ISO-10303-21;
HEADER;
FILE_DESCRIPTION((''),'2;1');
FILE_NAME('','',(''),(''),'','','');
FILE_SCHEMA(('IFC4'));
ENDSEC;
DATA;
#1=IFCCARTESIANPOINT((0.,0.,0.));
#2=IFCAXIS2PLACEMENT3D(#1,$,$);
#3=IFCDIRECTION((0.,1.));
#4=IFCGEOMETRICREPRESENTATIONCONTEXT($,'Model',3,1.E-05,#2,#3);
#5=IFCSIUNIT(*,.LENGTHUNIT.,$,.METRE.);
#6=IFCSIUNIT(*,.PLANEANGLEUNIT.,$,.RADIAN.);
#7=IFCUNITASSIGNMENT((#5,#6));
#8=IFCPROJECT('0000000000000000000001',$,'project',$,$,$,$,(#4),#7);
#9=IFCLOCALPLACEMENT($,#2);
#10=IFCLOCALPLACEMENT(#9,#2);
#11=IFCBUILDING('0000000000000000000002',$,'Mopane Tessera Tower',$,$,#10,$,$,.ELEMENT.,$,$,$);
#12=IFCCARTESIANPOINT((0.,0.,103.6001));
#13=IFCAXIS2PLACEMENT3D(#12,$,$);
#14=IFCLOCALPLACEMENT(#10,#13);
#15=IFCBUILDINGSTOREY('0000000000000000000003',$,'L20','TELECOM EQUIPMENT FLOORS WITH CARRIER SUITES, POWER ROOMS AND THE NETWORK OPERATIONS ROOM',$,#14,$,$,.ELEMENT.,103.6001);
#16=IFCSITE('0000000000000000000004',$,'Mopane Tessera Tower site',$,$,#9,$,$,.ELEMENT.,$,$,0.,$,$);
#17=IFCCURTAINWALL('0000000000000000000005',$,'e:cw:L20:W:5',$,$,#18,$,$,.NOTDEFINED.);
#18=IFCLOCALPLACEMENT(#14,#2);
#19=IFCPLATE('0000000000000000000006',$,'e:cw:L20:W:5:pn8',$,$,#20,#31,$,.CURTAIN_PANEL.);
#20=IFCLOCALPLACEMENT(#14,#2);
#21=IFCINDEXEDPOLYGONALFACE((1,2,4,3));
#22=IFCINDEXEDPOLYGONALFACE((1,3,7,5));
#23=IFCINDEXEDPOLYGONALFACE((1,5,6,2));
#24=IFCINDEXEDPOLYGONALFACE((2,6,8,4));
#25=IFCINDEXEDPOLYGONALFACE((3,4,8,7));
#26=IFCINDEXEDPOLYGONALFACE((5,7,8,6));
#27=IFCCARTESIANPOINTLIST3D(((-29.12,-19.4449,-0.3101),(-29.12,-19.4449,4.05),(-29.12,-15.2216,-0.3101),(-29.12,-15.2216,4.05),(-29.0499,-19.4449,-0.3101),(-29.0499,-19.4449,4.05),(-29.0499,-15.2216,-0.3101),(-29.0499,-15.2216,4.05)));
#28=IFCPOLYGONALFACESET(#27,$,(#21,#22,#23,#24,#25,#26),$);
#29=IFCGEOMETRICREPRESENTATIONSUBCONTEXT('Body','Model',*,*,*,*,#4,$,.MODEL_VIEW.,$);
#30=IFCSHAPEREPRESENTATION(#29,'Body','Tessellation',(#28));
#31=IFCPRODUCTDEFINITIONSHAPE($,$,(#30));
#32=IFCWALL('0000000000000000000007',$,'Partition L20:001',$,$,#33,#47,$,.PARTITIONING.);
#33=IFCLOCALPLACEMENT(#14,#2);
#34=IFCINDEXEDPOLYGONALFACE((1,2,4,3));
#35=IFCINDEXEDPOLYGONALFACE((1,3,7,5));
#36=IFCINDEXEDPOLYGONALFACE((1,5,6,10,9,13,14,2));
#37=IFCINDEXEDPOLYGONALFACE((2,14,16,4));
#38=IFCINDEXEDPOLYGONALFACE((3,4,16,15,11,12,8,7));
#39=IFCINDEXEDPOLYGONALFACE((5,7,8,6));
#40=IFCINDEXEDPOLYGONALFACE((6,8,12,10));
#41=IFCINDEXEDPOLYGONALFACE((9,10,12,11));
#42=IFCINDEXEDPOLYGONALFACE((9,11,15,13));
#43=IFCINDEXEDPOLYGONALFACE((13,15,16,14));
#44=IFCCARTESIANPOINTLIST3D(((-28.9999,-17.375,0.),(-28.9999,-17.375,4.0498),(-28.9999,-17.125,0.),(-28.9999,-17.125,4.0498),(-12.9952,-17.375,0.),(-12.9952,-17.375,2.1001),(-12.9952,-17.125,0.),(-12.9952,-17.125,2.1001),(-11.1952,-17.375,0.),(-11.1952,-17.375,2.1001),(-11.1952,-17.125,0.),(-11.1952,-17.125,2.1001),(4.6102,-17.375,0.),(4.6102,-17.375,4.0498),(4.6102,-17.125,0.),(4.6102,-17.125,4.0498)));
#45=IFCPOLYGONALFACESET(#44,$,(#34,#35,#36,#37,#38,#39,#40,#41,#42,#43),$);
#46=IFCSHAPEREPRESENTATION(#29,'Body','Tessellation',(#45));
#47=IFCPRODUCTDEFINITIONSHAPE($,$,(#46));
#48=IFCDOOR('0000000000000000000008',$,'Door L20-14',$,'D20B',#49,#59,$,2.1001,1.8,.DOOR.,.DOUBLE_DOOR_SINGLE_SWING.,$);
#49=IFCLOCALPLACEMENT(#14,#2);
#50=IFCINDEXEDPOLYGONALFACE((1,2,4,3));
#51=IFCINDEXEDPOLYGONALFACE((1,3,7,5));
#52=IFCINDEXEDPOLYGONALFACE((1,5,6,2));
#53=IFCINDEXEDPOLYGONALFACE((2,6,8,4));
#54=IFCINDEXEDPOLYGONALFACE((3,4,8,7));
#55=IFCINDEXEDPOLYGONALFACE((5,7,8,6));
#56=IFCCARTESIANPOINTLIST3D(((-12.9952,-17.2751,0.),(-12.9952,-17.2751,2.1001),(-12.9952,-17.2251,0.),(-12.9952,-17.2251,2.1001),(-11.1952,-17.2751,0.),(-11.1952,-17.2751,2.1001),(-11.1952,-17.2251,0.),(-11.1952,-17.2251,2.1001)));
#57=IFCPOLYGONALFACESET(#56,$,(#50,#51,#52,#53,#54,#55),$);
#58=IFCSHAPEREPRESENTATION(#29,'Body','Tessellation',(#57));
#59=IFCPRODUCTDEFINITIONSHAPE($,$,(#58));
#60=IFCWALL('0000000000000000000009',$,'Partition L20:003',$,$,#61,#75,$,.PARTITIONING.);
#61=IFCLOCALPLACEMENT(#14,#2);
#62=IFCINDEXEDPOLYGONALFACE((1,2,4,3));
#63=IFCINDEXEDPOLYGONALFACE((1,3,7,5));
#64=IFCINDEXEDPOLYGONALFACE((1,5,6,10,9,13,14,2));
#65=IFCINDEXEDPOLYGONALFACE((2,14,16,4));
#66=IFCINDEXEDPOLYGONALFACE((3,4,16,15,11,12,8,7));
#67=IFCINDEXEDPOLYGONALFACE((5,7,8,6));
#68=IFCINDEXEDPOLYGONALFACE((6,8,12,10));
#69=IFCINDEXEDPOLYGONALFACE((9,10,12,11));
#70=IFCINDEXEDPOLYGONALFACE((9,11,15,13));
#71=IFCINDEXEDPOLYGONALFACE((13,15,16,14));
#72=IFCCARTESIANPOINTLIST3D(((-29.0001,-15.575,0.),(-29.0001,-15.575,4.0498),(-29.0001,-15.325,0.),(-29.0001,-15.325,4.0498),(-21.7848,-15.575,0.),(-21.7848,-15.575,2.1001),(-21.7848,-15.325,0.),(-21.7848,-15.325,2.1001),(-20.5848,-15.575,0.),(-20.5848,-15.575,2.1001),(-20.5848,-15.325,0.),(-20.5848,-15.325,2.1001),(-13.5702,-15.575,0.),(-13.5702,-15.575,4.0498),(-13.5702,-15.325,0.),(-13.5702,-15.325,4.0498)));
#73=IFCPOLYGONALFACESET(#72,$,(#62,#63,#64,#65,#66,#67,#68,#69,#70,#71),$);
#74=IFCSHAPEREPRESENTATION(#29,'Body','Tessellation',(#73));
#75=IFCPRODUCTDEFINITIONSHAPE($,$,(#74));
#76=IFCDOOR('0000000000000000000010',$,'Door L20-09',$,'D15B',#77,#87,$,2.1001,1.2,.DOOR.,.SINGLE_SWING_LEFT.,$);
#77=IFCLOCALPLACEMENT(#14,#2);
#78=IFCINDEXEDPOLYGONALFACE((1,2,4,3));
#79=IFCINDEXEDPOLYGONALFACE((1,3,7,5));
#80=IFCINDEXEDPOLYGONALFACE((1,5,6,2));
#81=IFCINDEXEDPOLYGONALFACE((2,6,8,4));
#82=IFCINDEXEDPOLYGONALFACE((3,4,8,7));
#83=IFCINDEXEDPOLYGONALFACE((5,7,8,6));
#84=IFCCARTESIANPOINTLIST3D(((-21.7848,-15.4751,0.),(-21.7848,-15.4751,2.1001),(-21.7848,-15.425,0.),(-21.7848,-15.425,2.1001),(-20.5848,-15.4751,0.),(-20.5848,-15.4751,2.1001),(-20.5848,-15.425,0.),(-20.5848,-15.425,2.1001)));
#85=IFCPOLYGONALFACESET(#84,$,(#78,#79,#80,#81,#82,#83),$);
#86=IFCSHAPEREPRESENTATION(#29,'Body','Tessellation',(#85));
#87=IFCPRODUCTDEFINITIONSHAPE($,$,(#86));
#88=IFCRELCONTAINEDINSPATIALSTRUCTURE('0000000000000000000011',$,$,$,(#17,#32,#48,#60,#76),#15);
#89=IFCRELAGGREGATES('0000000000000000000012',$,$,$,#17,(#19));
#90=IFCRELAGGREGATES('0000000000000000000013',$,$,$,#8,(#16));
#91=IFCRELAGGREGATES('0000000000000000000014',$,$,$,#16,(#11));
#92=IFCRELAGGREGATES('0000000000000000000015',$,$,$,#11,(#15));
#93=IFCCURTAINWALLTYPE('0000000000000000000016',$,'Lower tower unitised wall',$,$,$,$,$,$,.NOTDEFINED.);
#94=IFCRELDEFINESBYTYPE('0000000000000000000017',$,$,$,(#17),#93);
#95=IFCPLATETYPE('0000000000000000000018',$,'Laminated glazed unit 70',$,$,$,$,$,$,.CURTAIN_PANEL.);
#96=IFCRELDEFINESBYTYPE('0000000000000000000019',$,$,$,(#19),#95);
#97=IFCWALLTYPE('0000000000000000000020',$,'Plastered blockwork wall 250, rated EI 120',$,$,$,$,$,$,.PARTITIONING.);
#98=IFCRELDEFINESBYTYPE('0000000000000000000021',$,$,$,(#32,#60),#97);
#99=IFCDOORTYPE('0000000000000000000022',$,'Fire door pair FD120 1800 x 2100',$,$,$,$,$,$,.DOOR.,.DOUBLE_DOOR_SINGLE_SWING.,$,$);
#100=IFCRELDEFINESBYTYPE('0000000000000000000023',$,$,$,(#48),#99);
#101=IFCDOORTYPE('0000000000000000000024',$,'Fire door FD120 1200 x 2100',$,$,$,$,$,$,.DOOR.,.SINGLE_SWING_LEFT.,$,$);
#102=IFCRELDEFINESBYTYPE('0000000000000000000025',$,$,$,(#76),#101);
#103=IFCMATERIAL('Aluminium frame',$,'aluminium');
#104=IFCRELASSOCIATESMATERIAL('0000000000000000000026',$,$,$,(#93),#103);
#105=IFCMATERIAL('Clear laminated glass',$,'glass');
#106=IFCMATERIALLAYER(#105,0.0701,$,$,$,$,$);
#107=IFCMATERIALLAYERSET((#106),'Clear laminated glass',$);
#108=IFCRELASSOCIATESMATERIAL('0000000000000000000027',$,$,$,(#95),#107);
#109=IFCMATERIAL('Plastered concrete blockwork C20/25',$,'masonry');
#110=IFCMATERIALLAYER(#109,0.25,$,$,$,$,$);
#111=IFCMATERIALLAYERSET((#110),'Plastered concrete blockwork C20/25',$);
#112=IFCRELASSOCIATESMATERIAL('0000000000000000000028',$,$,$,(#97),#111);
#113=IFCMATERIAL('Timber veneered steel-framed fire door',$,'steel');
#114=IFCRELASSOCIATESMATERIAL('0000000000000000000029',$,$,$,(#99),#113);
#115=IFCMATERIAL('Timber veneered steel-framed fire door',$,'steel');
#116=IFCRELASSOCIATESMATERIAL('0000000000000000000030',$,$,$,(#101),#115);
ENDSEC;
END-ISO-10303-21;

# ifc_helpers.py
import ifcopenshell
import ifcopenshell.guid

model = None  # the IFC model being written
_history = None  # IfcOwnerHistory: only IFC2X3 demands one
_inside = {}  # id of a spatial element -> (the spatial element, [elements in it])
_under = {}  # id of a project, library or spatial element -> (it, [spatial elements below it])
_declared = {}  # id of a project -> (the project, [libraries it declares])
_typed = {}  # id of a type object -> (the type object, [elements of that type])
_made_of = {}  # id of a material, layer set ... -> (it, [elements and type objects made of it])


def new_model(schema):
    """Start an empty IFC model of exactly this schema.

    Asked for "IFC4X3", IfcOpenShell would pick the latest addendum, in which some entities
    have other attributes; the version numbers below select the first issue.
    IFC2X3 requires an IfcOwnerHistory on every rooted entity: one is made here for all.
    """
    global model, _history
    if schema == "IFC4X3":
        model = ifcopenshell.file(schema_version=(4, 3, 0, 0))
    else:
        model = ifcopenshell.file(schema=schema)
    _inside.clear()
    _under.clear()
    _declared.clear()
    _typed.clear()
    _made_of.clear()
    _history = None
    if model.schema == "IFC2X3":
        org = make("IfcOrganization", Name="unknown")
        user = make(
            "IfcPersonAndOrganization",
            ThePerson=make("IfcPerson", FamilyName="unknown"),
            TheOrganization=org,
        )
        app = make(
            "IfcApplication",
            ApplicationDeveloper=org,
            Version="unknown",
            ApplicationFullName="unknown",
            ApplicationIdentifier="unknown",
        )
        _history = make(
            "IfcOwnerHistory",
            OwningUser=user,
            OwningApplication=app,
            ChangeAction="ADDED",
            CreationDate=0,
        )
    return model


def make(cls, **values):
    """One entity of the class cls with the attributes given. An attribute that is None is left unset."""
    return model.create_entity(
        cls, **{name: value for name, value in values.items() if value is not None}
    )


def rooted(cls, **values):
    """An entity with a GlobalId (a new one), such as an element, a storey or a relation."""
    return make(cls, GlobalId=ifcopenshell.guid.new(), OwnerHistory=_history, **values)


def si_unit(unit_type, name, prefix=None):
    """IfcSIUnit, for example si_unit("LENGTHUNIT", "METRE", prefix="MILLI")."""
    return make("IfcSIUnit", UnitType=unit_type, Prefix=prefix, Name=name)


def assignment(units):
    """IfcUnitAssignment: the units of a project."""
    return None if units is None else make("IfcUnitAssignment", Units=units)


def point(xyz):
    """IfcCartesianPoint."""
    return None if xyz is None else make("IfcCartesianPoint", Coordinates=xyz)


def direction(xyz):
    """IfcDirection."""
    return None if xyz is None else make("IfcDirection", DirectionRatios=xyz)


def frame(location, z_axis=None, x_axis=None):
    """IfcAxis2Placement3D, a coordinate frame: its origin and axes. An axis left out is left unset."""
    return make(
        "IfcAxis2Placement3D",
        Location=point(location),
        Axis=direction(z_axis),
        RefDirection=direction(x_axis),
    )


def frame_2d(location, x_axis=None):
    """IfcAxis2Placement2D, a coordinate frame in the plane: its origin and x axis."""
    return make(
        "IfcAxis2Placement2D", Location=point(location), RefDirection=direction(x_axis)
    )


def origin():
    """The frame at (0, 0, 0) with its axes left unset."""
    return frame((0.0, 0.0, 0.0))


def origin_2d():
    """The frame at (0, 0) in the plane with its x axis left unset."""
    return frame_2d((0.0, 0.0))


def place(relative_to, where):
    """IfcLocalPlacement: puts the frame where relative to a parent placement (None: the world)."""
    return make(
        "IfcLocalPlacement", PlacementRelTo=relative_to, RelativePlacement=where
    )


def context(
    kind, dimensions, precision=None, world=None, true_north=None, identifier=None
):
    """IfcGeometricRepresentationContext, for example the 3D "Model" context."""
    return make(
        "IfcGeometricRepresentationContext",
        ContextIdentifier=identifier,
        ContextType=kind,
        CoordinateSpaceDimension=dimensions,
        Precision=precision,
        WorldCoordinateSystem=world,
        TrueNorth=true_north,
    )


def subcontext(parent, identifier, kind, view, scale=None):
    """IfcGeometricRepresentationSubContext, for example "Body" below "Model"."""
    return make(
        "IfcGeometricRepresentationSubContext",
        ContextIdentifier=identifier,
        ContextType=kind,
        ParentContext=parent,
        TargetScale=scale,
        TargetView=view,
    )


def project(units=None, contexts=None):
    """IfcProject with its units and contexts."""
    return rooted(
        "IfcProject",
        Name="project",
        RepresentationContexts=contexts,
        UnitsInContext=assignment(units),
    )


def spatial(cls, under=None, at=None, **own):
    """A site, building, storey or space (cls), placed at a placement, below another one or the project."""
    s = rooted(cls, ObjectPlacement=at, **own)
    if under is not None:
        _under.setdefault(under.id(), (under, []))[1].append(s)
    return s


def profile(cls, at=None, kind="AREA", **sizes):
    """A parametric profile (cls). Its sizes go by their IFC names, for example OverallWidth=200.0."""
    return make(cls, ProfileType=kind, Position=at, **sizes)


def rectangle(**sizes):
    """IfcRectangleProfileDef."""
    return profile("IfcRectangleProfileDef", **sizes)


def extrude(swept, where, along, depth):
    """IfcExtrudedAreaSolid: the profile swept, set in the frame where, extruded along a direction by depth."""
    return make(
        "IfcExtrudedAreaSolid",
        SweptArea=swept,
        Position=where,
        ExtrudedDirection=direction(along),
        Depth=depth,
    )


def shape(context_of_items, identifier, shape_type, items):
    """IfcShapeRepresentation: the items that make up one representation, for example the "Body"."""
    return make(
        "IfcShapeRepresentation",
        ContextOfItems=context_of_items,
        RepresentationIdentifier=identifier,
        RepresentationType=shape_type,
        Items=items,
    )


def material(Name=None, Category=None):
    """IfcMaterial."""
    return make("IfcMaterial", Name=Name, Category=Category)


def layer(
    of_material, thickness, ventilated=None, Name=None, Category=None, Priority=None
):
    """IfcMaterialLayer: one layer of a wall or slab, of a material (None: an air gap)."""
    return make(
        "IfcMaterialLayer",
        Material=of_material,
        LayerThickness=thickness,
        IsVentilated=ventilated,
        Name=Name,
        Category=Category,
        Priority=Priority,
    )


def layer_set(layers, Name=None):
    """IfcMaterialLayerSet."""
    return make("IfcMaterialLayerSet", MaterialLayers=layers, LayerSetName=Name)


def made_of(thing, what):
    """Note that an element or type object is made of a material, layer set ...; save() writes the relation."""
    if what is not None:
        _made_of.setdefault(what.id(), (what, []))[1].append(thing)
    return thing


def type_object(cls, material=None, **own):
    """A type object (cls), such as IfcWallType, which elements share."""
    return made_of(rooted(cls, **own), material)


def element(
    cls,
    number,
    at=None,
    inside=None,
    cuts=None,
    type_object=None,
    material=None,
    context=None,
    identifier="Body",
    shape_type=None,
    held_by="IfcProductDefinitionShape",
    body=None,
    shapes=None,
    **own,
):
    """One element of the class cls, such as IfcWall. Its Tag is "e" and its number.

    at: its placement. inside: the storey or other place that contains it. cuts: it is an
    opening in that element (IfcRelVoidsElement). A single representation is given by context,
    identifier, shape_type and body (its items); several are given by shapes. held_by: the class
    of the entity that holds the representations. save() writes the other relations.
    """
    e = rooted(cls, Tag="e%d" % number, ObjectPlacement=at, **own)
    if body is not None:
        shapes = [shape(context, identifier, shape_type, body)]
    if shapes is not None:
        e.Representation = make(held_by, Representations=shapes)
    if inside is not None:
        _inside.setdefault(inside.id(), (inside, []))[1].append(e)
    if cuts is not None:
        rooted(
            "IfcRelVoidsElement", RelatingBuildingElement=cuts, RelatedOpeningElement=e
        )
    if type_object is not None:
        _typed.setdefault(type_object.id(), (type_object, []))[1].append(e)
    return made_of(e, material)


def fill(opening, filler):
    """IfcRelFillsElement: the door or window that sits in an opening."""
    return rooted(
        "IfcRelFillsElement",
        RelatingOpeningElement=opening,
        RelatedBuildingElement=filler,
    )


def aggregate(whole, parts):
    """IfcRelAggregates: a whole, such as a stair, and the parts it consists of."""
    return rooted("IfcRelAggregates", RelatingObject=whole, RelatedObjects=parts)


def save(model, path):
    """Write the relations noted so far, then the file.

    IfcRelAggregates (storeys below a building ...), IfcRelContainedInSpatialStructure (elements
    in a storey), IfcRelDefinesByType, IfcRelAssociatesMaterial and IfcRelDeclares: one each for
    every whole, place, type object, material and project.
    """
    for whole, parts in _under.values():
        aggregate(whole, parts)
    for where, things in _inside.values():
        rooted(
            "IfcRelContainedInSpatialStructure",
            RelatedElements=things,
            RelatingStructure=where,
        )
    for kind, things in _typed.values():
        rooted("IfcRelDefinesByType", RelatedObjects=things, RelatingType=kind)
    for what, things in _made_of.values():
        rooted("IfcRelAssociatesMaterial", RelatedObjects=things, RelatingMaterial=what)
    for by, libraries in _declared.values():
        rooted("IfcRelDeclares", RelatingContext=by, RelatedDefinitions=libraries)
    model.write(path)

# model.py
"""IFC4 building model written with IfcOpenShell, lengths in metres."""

from ifc_helpers import new_model, si_unit, direction, frame, frame_2d, origin, origin_2d, place, context, subcontext, project, spatial, rectangle, extrude, material, layer, layer_set, type_object, element, fill, aggregate, save


model = new_model("IFC4")

# Units and contexts
model_context = context("Model", 3, precision=1e-05, world=origin(), true_north=direction((0.0, 1.0)))
body_context = subcontext(model_context, "Body", "Model", "MODEL_VIEW")
ifc_project = project(units=[si_unit("LENGTHUNIT", "METRE"), si_unit("PLANEANGLEUNIT", "RADIAN")], contexts=[model_context])

# Site, building, storey
site_placement = place(None, origin())
site = spatial("IfcSite", under=ifc_project, at=site_placement, Name="Mopane Tessera Tower site", CompositionType="ELEMENT", RefElevation=0.0)
building_placement = place(site_placement, origin())
building = spatial("IfcBuilding", under=site, at=building_placement, Name="Mopane Tessera Tower", CompositionType="ELEMENT")
storey_placement = place(building_placement, frame((0.0, 0.0, 103.6001)))
storey = spatial("IfcBuildingStorey", under=building, at=storey_placement, Name="L20", Description="TELECOM EQUIPMENT FLOORS WITH CARRIER SUITES, POWER ROOMS AND THE NETWORK OPERATIONS ROOM", CompositionType="ELEMENT", Elevation=103.6001)

# Curtain wall
ifc_material_1 = material(Name="Aluminium frame", Category="aluminium")
curtain_wall_type = type_object("IfcCurtainWallType", Name="Lower tower unitised wall", PredefinedType="NOTDEFINED", material=ifc_material_1)
curtain_wall_1_placement = place(storey_placement, origin())
curtain_wall_1 = element("IfcCurtainWall", 1, at=curtain_wall_1_placement, inside=storey, type_object=curtain_wall_type, Name="e:cw:L20:W:5", PredefinedType="NOTDEFINED")

# Plate
ifc_material_2 = material(Name="Clear laminated glass", Category="glass")
ifc_layer_1 = layer(ifc_material_2, 0.0701)
ifc_layer_set_1 = layer_set([ifc_layer_1], Name="Clear laminated glass")
plate_type = type_object("IfcPlateType", Name="Laminated glazed unit 70", PredefinedType="CURTAIN_PANEL", material=ifc_layer_set_1)
plate_1_placement = place(storey_placement, frame((-29.085, -17.3333, -0.3101), z_axis=(0.0, 0.0, 1.0), x_axis=(0.0, -1.0, 0.0)))
plate_1 = element("IfcPlate", 2, at=plate_1_placement, type_object=plate_type, Name="e:cw:L20:W:5:pn8", PredefinedType="CURTAIN_PANEL", context=body_context, shape_type="SweptSolid", body=[
    extrude(rectangle(XDim=4.2234, YDim=0.0701, at=origin_2d()), origin(), (0.0, 0.0, 1.0), 4.3601),
])
aggregate(curtain_wall_1, [plate_1])

# Walls, openings, doors
ifc_material_3 = material(Name="Plastered concrete blockwork C20/25", Category="masonry")
ifc_layer_2 = layer(ifc_material_3, 0.25)
ifc_layer_set_2 = layer_set([ifc_layer_2], Name="Plastered concrete blockwork C20/25")
wall_type = type_object("IfcWallType", Name="Plastered blockwork wall 250, rated EI 120", PredefinedType="PARTITIONING", material=ifc_layer_set_2)
wall_1_placement = place(storey_placement, frame((-29.0, -17.25, 0.0), z_axis=(0.0, 0.0, 1.0), x_axis=(1.0, 0.0, 0.0)))
wall_1 = element("IfcWall", 3, at=wall_1_placement, inside=storey, type_object=wall_type, Name="Partition L20:001", PredefinedType="PARTITIONING", context=body_context, shape_type="SweptSolid", body=[
    extrude(rectangle(XDim=33.6101, YDim=0.25, at=frame_2d((16.8052, 0.0))), origin(), (0.0, 0.0, 1.0), 4.0498),
])
opening_1_placement = place(wall_1_placement, frame((16.0049, 0.0, 0.0)))
opening_1 = element("IfcOpeningElement", 4, at=opening_1_placement, cuts=wall_1, PredefinedType="OPENING", context=body_context, shape_type="SweptSolid", body=[
    extrude(rectangle(XDim=1.8, YDim=2.1001, at=frame_2d((0.8999, 1.05))), frame((0.0, 0.137, 0.0), z_axis=(0.0, -1.0, 0.0), x_axis=(1.0, 0.0, 0.0)), (0.0, 0.0, 1.0), 0.2739),
])
ifc_material_4 = material(Name="Timber veneered steel-framed fire door", Category="steel")
door_type_1 = type_object("IfcDoorType", Name="Fire door pair FD120 1800 x 2100", OperationType="DOUBLE_DOOR_SINGLE_SWING", PredefinedType="DOOR", material=ifc_material_4)
door_1_placement = place(opening_1_placement, origin())
door_1 = element("IfcDoor", 5, at=door_1_placement, inside=storey, type_object=door_type_1, Name="Door L20-14", ObjectType="D20B", OperationType="DOUBLE_DOOR_SINGLE_SWING", OverallHeight=2.1001, OverallWidth=1.8, PredefinedType="DOOR", context=body_context, shape_type="SweptSolid", body=[
    extrude(rectangle(XDim=1.8, YDim=2.1001, at=frame_2d((0.8999, 1.05))), frame((0.0, 0.0249, 0.0), z_axis=(0.0, -1.0, 0.0), x_axis=(1.0, 0.0, 0.0)), (0.0, 0.0, 1.0), 0.05),
])
fill(opening_1, door_1)
wall_2_placement = place(storey_placement, frame((-29.0, -15.45, 0.0), z_axis=(0.0, 0.0, 1.0), x_axis=(1.0, 0.0, 0.0)))
wall_2 = element("IfcWall", 6, at=wall_2_placement, inside=storey, type_object=wall_type, Name="Partition L20:003", PredefinedType="PARTITIONING", context=body_context, shape_type="SweptSolid", body=[
    extrude(rectangle(XDim=15.4299, YDim=0.25, at=frame_2d((7.7148, 0.0))), origin(), (0.0, 0.0, 1.0), 4.0498),
])
opening_2_placement = place(wall_2_placement, frame((7.2151, 0.0, 0.0)))
opening_2 = element("IfcOpeningElement", 7, at=opening_2_placement, cuts=wall_2, PredefinedType="OPENING", context=body_context, shape_type="SweptSolid", body=[
    extrude(rectangle(XDim=1.2, YDim=2.1001, at=frame_2d((0.6001, 1.05))), frame((0.0, 0.137, 0.0), z_axis=(0.0, -1.0, 0.0), x_axis=(1.0, 0.0, 0.0)), (0.0, 0.0, 1.0), 0.2739),
])
ifc_material_5 = material(Name="Timber veneered steel-framed fire door", Category="steel")
door_type_2 = type_object("IfcDoorType", Name="Fire door FD120 1200 x 2100", OperationType="SINGLE_SWING_LEFT", PredefinedType="DOOR", material=ifc_material_5)
door_2_placement = place(opening_2_placement, origin())
door_2 = element("IfcDoor", 8, at=door_2_placement, inside=storey, type_object=door_type_2, Name="Door L20-09", ObjectType="D15B", OperationType="SINGLE_SWING_LEFT", OverallHeight=2.1001, OverallWidth=1.2, PredefinedType="DOOR", context=body_context, shape_type="SweptSolid", body=[
    extrude(rectangle(XDim=1.2, YDim=2.1001, at=frame_2d((0.6001, 1.05))), frame((0.0, 0.0249, 0.0), z_axis=(0.0, -1.0, 0.0), x_axis=(1.0, 0.0, 0.0)), (0.0, 0.0, 1.0), 0.05),
])
fill(opening_2, door_2)

save(model, "model.ifc")
